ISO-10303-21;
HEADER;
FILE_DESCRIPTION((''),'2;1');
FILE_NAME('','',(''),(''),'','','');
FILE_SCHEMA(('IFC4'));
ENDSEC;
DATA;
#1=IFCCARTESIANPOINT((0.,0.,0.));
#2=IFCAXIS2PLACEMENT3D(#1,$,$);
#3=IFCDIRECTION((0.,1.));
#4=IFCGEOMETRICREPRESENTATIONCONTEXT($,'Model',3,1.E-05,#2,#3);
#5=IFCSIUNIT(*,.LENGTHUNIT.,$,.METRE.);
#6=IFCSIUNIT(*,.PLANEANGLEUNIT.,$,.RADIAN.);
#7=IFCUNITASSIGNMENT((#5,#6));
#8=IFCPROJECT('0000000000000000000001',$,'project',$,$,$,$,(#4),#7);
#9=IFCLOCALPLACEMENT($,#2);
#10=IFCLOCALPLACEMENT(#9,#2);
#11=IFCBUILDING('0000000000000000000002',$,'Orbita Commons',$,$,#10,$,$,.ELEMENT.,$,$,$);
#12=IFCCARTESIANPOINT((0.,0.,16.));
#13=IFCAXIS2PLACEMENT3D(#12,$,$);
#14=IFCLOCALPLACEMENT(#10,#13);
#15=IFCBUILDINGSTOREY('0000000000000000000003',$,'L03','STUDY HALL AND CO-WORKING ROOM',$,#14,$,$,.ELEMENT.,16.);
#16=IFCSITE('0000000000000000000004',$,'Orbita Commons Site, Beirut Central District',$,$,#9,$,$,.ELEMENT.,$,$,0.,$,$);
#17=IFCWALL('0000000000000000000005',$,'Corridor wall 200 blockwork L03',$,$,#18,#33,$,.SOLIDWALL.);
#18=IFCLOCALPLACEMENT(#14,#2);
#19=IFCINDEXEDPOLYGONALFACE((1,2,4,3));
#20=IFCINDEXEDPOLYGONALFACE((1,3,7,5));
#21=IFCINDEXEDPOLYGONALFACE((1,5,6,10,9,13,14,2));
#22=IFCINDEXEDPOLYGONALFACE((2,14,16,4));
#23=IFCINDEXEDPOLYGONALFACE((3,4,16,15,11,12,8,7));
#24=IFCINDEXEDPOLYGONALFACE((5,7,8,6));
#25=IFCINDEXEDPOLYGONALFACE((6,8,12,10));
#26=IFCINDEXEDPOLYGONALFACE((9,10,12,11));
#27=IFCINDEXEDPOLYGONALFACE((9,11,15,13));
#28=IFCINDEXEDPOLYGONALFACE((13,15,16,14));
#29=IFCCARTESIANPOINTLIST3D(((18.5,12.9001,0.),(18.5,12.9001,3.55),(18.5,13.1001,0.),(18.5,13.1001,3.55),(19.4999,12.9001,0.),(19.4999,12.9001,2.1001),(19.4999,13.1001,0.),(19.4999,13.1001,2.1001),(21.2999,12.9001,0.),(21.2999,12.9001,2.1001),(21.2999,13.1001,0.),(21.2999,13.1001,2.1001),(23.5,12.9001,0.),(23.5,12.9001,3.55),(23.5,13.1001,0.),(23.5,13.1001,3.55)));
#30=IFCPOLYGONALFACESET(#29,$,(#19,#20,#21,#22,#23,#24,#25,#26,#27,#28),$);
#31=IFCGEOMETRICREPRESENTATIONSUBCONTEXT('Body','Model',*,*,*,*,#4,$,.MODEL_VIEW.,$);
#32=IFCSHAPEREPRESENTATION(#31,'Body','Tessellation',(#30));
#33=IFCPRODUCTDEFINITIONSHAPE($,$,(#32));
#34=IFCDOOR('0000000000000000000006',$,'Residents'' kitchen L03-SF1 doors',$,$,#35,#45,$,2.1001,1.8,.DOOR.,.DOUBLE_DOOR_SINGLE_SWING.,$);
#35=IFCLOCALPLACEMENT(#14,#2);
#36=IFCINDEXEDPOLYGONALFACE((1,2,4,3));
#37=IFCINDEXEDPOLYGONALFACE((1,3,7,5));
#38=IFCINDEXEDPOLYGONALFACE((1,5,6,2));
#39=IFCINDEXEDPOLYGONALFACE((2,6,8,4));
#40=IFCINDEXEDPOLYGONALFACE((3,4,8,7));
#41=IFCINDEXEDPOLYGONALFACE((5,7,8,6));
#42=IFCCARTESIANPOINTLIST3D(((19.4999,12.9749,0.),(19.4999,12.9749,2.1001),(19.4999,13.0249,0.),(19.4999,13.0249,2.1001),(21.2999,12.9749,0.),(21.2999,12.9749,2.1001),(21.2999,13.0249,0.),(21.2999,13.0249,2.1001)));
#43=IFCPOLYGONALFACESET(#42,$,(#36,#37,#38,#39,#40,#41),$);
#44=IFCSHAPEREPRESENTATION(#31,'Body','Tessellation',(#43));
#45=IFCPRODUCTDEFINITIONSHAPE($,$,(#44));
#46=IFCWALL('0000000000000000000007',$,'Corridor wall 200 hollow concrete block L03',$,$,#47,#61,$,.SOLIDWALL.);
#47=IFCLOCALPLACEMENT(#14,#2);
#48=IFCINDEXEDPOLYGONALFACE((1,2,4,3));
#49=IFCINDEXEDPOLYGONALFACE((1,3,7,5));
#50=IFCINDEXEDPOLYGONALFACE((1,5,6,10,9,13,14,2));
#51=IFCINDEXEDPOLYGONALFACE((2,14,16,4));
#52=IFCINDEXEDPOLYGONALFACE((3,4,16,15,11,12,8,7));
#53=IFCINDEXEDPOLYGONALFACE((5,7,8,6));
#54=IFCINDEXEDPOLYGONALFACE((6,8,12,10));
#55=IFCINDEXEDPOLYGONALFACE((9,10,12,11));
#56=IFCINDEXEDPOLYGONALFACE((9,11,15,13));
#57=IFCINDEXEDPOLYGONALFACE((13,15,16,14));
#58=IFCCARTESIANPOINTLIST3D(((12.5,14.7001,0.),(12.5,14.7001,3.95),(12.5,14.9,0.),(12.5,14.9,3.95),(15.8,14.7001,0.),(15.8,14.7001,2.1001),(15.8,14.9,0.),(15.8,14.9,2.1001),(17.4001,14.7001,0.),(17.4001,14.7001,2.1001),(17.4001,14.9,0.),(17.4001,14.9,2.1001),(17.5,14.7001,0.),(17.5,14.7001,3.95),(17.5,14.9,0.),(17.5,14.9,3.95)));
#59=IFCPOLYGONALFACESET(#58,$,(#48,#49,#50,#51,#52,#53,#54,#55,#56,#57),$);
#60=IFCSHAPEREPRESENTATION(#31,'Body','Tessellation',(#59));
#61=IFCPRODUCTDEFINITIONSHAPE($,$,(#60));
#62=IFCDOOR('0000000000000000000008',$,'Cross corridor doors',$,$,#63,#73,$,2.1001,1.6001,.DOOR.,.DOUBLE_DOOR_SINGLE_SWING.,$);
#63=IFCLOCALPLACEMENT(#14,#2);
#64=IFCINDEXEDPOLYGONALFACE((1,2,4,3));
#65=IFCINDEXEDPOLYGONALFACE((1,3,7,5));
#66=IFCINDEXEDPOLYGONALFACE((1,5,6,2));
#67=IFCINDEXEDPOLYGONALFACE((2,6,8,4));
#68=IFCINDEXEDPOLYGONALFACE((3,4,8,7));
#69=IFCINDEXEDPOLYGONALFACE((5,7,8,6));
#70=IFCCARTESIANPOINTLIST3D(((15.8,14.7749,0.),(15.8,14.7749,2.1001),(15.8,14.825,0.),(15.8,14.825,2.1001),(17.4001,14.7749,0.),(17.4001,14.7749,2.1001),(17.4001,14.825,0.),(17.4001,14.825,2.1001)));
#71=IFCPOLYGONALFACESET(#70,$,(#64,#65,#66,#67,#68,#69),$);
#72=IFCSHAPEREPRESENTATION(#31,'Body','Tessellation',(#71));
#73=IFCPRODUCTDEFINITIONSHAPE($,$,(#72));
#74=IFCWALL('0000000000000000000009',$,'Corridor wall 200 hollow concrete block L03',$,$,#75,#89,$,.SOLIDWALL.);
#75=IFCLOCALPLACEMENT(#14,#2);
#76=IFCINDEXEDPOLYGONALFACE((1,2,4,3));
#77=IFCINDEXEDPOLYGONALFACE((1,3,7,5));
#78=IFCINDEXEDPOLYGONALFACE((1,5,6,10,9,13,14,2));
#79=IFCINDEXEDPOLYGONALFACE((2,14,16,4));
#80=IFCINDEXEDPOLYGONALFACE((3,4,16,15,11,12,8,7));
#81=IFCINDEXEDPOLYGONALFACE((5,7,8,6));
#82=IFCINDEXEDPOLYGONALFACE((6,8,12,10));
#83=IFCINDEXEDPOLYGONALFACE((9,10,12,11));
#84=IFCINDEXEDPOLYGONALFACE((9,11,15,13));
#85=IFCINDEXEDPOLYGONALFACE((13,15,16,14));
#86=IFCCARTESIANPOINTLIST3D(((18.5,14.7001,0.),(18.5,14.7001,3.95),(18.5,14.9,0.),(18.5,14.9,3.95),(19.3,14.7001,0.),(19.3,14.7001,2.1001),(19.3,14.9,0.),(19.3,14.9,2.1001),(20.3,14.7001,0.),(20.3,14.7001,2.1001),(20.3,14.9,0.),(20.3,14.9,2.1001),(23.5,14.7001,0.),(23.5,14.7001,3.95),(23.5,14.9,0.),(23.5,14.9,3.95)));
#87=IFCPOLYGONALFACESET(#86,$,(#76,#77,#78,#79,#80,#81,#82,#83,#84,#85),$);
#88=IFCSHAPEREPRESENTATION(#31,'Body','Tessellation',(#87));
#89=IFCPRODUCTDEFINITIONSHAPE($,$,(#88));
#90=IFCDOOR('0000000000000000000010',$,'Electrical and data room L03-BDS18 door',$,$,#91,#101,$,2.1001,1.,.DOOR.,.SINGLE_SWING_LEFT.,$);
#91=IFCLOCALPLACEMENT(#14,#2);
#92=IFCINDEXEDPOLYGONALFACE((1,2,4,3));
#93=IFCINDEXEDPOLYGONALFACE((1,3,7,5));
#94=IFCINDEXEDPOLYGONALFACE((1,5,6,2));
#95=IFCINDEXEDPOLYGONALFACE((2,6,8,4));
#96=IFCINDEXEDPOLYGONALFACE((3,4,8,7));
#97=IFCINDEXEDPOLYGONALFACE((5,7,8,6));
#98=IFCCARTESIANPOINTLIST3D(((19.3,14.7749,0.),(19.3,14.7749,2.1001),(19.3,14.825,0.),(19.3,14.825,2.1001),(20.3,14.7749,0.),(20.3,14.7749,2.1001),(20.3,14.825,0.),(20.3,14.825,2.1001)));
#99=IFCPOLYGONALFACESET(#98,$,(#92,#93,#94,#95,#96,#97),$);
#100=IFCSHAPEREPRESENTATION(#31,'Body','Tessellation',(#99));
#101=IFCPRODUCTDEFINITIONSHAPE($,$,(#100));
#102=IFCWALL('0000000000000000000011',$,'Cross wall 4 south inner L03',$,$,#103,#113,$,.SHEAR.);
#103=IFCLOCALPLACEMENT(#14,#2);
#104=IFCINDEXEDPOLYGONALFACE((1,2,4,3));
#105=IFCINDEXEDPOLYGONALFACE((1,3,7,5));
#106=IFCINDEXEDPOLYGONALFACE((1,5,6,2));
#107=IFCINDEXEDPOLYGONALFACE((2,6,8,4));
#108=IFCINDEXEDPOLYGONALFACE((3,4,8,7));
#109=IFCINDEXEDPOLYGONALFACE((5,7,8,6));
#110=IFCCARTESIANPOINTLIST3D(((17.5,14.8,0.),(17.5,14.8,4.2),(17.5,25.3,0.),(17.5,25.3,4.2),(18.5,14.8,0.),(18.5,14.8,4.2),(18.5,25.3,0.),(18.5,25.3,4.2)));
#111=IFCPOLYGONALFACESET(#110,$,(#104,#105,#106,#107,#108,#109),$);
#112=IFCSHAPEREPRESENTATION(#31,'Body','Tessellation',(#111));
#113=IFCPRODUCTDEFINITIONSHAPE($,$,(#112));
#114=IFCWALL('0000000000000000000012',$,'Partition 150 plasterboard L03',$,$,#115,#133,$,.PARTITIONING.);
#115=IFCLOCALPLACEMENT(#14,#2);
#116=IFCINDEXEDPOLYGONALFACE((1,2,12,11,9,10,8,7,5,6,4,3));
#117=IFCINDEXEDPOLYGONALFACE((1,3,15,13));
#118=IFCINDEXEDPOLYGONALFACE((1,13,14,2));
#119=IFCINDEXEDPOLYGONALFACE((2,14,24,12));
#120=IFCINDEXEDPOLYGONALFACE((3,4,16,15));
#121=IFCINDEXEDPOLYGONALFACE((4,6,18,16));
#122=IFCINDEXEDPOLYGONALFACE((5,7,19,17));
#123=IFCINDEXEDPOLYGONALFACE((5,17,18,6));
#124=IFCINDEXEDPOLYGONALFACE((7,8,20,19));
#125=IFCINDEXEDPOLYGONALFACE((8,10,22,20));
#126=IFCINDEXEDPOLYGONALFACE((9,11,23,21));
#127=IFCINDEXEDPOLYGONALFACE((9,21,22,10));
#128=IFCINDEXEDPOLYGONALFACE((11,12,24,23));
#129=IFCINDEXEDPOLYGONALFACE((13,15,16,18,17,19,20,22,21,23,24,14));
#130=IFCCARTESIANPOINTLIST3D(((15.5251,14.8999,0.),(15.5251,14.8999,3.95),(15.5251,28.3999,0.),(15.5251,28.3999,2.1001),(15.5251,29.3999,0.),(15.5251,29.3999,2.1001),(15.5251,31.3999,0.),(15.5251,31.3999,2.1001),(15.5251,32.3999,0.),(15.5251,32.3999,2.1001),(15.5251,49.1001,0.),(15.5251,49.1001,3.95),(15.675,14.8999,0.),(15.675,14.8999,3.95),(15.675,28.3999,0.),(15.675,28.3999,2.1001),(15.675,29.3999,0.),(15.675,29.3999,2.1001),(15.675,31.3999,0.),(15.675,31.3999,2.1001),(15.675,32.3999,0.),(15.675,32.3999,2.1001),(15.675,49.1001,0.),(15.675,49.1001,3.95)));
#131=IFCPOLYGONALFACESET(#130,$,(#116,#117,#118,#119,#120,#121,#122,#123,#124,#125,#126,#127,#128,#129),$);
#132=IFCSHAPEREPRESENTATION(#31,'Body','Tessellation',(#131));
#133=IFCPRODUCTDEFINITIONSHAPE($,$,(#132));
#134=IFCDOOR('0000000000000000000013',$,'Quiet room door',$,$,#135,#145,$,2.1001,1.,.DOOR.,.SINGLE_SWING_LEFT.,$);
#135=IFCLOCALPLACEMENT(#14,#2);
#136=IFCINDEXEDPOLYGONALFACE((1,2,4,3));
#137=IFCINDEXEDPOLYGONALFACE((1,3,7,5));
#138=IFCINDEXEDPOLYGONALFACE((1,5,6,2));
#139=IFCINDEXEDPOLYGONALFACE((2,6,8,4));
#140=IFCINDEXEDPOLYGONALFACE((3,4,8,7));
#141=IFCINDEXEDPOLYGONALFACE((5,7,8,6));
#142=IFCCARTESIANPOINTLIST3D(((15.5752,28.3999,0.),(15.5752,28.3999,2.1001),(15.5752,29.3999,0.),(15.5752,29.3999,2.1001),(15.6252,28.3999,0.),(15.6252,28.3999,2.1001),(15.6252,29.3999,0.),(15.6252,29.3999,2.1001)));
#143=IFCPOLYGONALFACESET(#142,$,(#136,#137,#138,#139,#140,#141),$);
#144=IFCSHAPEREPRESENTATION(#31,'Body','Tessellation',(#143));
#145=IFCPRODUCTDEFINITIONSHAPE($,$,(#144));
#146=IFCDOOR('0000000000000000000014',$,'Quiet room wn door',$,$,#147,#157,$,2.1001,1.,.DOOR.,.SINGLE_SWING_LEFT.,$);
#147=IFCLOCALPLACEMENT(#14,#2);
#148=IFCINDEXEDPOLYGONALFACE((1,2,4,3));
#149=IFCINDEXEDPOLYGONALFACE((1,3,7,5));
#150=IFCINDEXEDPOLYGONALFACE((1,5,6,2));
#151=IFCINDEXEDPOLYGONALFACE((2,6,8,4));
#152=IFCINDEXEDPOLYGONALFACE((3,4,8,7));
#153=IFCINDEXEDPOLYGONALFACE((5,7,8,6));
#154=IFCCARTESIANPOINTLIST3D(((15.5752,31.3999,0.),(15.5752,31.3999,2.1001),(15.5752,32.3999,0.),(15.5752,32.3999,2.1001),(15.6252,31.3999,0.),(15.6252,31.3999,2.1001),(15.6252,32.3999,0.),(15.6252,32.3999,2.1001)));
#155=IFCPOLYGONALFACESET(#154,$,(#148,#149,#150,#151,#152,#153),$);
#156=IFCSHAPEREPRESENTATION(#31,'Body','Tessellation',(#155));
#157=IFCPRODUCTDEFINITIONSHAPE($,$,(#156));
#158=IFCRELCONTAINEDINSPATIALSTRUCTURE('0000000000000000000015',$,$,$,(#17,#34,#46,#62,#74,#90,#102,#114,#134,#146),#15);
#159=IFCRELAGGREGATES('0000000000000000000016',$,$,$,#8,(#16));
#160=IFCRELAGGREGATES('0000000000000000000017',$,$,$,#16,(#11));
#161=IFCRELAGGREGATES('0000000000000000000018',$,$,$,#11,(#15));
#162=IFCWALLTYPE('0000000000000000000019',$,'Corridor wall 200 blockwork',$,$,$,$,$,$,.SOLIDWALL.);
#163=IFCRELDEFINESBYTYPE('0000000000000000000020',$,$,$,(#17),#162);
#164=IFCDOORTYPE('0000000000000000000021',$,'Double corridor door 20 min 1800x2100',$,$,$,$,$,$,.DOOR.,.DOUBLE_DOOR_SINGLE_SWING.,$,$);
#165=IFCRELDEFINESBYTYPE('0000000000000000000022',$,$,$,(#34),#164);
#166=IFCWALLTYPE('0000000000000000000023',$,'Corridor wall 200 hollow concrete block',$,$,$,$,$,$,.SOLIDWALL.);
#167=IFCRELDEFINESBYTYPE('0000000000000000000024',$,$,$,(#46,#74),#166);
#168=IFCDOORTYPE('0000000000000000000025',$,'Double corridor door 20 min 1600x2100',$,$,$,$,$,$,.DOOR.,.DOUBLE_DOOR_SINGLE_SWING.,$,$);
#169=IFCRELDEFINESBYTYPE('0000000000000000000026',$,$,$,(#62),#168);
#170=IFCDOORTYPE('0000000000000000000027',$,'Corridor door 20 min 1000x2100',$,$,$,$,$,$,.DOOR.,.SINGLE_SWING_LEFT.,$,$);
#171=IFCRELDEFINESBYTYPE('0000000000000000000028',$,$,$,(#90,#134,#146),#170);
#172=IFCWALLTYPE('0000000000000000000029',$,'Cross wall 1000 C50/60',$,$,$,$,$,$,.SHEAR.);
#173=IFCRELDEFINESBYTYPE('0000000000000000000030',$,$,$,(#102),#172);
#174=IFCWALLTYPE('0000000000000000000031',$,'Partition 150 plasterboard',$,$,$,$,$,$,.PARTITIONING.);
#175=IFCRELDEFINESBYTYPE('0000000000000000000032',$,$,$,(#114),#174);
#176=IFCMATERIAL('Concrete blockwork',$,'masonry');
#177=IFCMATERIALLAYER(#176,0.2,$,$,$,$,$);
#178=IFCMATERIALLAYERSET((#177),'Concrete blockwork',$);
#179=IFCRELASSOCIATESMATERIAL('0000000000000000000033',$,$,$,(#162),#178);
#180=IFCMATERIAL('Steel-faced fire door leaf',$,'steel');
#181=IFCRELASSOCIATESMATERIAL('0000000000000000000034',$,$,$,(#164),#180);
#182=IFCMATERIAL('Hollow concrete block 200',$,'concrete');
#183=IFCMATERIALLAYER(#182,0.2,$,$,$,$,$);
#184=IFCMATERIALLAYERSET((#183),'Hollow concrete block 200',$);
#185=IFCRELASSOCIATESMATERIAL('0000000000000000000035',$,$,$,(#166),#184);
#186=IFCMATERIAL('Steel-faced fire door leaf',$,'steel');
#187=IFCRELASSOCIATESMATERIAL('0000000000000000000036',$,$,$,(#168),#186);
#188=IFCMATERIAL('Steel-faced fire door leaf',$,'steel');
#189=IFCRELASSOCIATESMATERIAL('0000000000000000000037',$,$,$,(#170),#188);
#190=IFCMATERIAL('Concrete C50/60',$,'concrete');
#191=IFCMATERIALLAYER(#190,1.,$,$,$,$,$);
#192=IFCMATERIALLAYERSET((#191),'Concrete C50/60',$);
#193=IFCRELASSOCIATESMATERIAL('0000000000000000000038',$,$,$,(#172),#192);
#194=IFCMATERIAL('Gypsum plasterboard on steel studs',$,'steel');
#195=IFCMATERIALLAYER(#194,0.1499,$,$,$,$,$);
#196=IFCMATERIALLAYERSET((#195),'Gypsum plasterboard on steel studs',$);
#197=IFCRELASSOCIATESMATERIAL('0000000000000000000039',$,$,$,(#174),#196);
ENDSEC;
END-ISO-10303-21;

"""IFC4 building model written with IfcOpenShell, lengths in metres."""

from ifc_helpers import new_model, si_unit, direction, frame, frame_2d, origin, place, context, subcontext, project, spatial, polyline, rectangle, outline, extrude, material, layer, layer_set, type_object, element, fill, save


model = new_model("IFC4")

# Units and contexts
model_context = context("Model", 3, precision=1e-05, world=origin(), true_north=direction((0.0, 1.0)))
body_context = subcontext(model_context, "Body", "Model", "MODEL_VIEW")
ifc_project = project(units=[si_unit("LENGTHUNIT", "METRE"), si_unit("PLANEANGLEUNIT", "RADIAN")], contexts=[model_context])

# Site, building, storey
site_placement = place(None, origin())
site = spatial("IfcSite", under=ifc_project, at=site_placement, Name="Orbita Commons Site, Beirut Central District", CompositionType="ELEMENT", RefElevation=0.0)
building_placement = place(site_placement, origin())
building = spatial("IfcBuilding", under=site, at=building_placement, Name="Orbita Commons", CompositionType="ELEMENT")
storey_placement = place(building_placement, frame((0.0, 0.0, 16.0)))
storey = spatial("IfcBuildingStorey", under=building, at=storey_placement, Name="L03", Description="STUDY HALL AND CO-WORKING ROOM", CompositionType="ELEMENT", Elevation=16.0)

# Walls, openings, doors
ifc_material_1 = material(Name="Concrete blockwork", Category="masonry")
ifc_layer_1 = layer(ifc_material_1, 0.2)
ifc_layer_set_1 = layer_set([ifc_layer_1], Name="Concrete blockwork")
wall_type_1 = type_object("IfcWallType", Name="Corridor wall 200 blockwork", PredefinedType="SOLIDWALL", material=ifc_layer_set_1)
ifc_material_2 = material(Name="Steel-faced fire door leaf", Category="steel")
door_type_1 = type_object("IfcDoorType", Name="Double corridor door 20 min 1800x2100", OperationType="DOUBLE_DOOR_SINGLE_SWING", PredefinedType="DOOR", material=ifc_material_2)
wall_1_placement = place(storey_placement, frame((18.5, 13.0, 0.0), z_axis=(0.0, 0.0, 1.0), x_axis=(1.0, 0.0, 0.0)))
wall_1 = element("IfcWall", 1, at=wall_1_placement, inside=storey, type_object=wall_type_1, Name="Corridor wall 200 blockwork L03", PredefinedType="SOLIDWALL", context=body_context, shape_type="SweptSolid", body=[
    extrude(outline(polyline([(0.0, 0.0), (5.0, 0.0), (5.0, 3.55), (0.0, 3.55), (0.0, 0.0)])), frame((0.0, 0.1001, 0.0), z_axis=(0.0, -1.0, 0.0), x_axis=(1.0, 0.0, 0.0)), (0.0, 0.0, 1.0), 0.2),
])
opening_1_placement = place(wall_1_placement, frame((1.0, 0.0, 0.0)))
opening_1 = element("IfcOpeningElement", 2, at=opening_1_placement, cuts=wall_1, PredefinedType="OPENING", context=body_context, shape_type="SweptSolid", body=[
    extrude(rectangle(XDim=1.8, YDim=2.1001, at=frame_2d((0.8999, 1.05))), frame((0.0, 0.1099, 0.0), z_axis=(0.0, -1.0, 0.0), x_axis=(1.0, 0.0, 0.0)), (0.0, 0.0, 1.0), 0.22),
])
door_1_placement = place(opening_1_placement, origin())
door_1 = element("IfcDoor", 3, at=door_1_placement, inside=storey, type_object=door_type_1, Name="Residents' kitchen L03-SF1 doors", OperationType="DOUBLE_DOOR_SINGLE_SWING", OverallHeight=2.1001, OverallWidth=1.8, PredefinedType="DOOR", context=body_context, shape_type="SweptSolid", body=[
    extrude(rectangle(XDim=1.8, YDim=2.1001, at=frame_2d((0.8999, 1.05))), frame((0.0, 0.0249, 0.0), z_axis=(0.0, -1.0, 0.0), x_axis=(1.0, 0.0, 0.0)), (0.0, 0.0, 1.0), 0.05),
])
fill(opening_1, door_1)
ifc_material_3 = material(Name="Hollow concrete block 200", Category="concrete")
ifc_layer_2 = layer(ifc_material_3, 0.2)
ifc_layer_set_2 = layer_set([ifc_layer_2], Name="Hollow concrete block 200")
wall_type_2 = type_object("IfcWallType", Name="Corridor wall 200 hollow concrete block", PredefinedType="SOLIDWALL", material=ifc_layer_set_2)
wall_2_placement = place(storey_placement, frame((12.5, 14.8, 0.0), z_axis=(0.0, 0.0, 1.0), x_axis=(1.0, 0.0, 0.0)))
wall_2 = element("IfcWall", 4, at=wall_2_placement, inside=storey, type_object=wall_type_2, Name="Corridor wall 200 hollow concrete block L03", PredefinedType="SOLIDWALL", context=body_context, shape_type="SweptSolid", body=[
    extrude(rectangle(XDim=5.0, YDim=0.2, at=frame_2d((2.5, 0.0))), origin(), (0.0, 0.0, 1.0), 3.95),
])
opening_2_placement = place(wall_2_placement, frame((3.3, 0.0, 0.0)))
opening_2 = element("IfcOpeningElement", 5, at=opening_2_placement, cuts=wall_2, PredefinedType="OPENING", context=body_context, shape_type="SweptSolid", body=[
    extrude(rectangle(XDim=1.6001, YDim=2.1001, at=frame_2d((0.8, 1.05))), frame((0.0, 0.1099, 0.0), z_axis=(0.0, -1.0, 0.0), x_axis=(1.0, 0.0, 0.0)), (0.0, 0.0, 1.0), 0.22),
])
ifc_material_4 = material(Name="Steel-faced fire door leaf", Category="steel")
door_type_2 = type_object("IfcDoorType", Name="Double corridor door 20 min 1600x2100", OperationType="DOUBLE_DOOR_SINGLE_SWING", PredefinedType="DOOR", material=ifc_material_4)
door_2_placement = place(opening_2_placement, origin())
door_2 = element("IfcDoor", 6, at=door_2_placement, inside=storey, type_object=door_type_2, Name="Cross corridor doors", OperationType="DOUBLE_DOOR_SINGLE_SWING", OverallHeight=2.1001, OverallWidth=1.6001, PredefinedType="DOOR", context=body_context, shape_type="SweptSolid", body=[
    extrude(rectangle(XDim=1.6001, YDim=2.1001, at=frame_2d((0.8, 1.05))), frame((0.0, 0.0249, 0.0), z_axis=(0.0, -1.0, 0.0), x_axis=(1.0, 0.0, 0.0)), (0.0, 0.0, 1.0), 0.05),
])
fill(opening_2, door_2)
wall_3_placement = place(storey_placement, frame((18.5, 14.8, 0.0), z_axis=(0.0, 0.0, 1.0), x_axis=(1.0, 0.0, 0.0)))
wall_3 = element("IfcWall", 7, at=wall_3_placement, inside=storey, type_object=wall_type_2, Name="Corridor wall 200 hollow concrete block L03", PredefinedType="SOLIDWALL", context=body_context, shape_type="SweptSolid", body=[
    extrude(rectangle(XDim=5.0, YDim=0.2, at=frame_2d((2.5, 0.0))), origin(), (0.0, 0.0, 1.0), 3.95),
])
opening_3_placement = place(wall_3_placement, frame((0.8, 0.0, 0.0)))
opening_3 = element("IfcOpeningElement", 8, at=opening_3_placement, cuts=wall_3, PredefinedType="OPENING", context=body_context, shape_type="SweptSolid", body=[
    extrude(rectangle(XDim=1.0, YDim=2.1001, at=frame_2d((0.5, 1.05))), frame((0.0, 0.1099, 0.0), z_axis=(0.0, -1.0, 0.0), x_axis=(1.0, 0.0, 0.0)), (0.0, 0.0, 1.0), 0.22),
])
ifc_material_5 = material(Name="Steel-faced fire door leaf", Category="steel")
door_type_3 = type_object("IfcDoorType", Name="Corridor door 20 min 1000x2100", OperationType="SINGLE_SWING_LEFT", PredefinedType="DOOR", material=ifc_material_5)
door_3_placement = place(opening_3_placement, origin())
door_3 = element("IfcDoor", 9, at=door_3_placement, inside=storey, type_object=door_type_3, Name="Electrical and data room L03-BDS18 door", OperationType="SINGLE_SWING_LEFT", OverallHeight=2.1001, OverallWidth=1.0, PredefinedType="DOOR", context=body_context, shape_type="SweptSolid", body=[
    extrude(rectangle(XDim=1.0, YDim=2.1001, at=frame_2d((0.5, 1.05))), frame((0.0, 0.0249, 0.0), z_axis=(0.0, -1.0, 0.0), x_axis=(1.0, 0.0, 0.0)), (0.0, 0.0, 1.0), 0.05),
])
fill(opening_3, door_3)

# Wall
ifc_material_6 = material(Name="Concrete C50/60", Category="concrete")
ifc_layer_3 = layer(ifc_material_6, 1.0)
ifc_layer_set_3 = layer_set([ifc_layer_3], Name="Concrete C50/60")
wall_type_3 = type_object("IfcWallType", Name="Cross wall 1000 C50/60", PredefinedType="SHEAR", material=ifc_layer_set_3)
wall_4_placement = place(storey_placement, frame((18.0, 14.8, 0.0), z_axis=(0.0, 0.0, 1.0), x_axis=(0.0, 1.0, 0.0)))
element("IfcWall", 10, at=wall_4_placement, inside=storey, type_object=wall_type_3, Name="Cross wall 4 south inner L03", PredefinedType="SHEAR", context=body_context, shape_type="SweptSolid", body=[
    extrude(rectangle(XDim=10.5, YDim=1.0, at=frame_2d((5.25, 0.0))), origin(), (0.0, 0.0, 1.0), 4.2),
])

# Wall, openings, doors
ifc_material_7 = material(Name="Gypsum plasterboard on steel studs", Category="steel")
ifc_layer_4 = layer(ifc_material_7, 0.1499)
ifc_layer_set_4 = layer_set([ifc_layer_4], Name="Gypsum plasterboard on steel studs")
wall_type_4 = type_object("IfcWallType", Name="Partition 150 plasterboard", PredefinedType="PARTITIONING", material=ifc_layer_set_4)
wall_5_placement = place(storey_placement, frame((15.6001, 14.8999, 0.0), z_axis=(0.0, 0.0, 1.0), x_axis=(0.0, 1.0, 0.0)))
wall_5 = element("IfcWall", 11, at=wall_5_placement, inside=storey, type_object=wall_type_4, Name="Partition 150 plasterboard L03", PredefinedType="PARTITIONING", context=body_context, shape_type="SweptSolid", body=[
    extrude(rectangle(XDim=34.2002, YDim=0.1499, at=frame_2d((17.1001, 0.0))), origin(), (0.0, 0.0, 1.0), 3.95),
])
opening_4_placement = place(wall_5_placement, frame((13.5, 0.0, 0.0)))
opening_4 = element("IfcOpeningElement", 12, at=opening_4_placement, cuts=wall_5, PredefinedType="OPENING", context=body_context, shape_type="SweptSolid", body=[
    extrude(rectangle(XDim=1.0, YDim=2.1001, at=frame_2d((0.5, 1.05))), frame((0.0, 0.085, 0.0), z_axis=(0.0, -1.0, 0.0), x_axis=(1.0, 0.0, 0.0)), (0.0, 0.0, 1.0), 0.1699),
])
opening_5_placement = place(wall_5_placement, frame((16.5, 0.0, 0.0)))
opening_5 = element("IfcOpeningElement", 13, at=opening_5_placement, cuts=wall_5, PredefinedType="OPENING", context=body_context, shape_type="SweptSolid", body=[
    extrude(rectangle(XDim=1.0, YDim=2.1001, at=frame_2d((0.5, 1.05))), frame((0.0, 0.085, 0.0), z_axis=(0.0, -1.0, 0.0), x_axis=(1.0, 0.0, 0.0)), (0.0, 0.0, 1.0), 0.1699),
])
door_4_placement = place(opening_4_placement, origin())
door_4 = element("IfcDoor", 14, at=door_4_placement, inside=storey, type_object=door_type_3, Name="Quiet room door", OperationType="SINGLE_SWING_LEFT", OverallHeight=2.1001, OverallWidth=1.0, PredefinedType="DOOR", context=body_context, shape_type="SweptSolid", body=[
    extrude(rectangle(XDim=1.0, YDim=2.1001, at=frame_2d((0.5, 1.05))), frame((0.0, 0.0249, 0.0), z_axis=(0.0, -1.0, 0.0), x_axis=(1.0, 0.0, 0.0)), (0.0, 0.0, 1.0), 0.05),
])
fill(opening_4, door_4)
door_5_placement = place(opening_5_placement, origin())
door_5 = element("IfcDoor", 15, at=door_5_placement, inside=storey, type_object=door_type_3, Name="Quiet room wn door", OperationType="SINGLE_SWING_LEFT", OverallHeight=2.1001, OverallWidth=1.0, PredefinedType="DOOR", context=body_context, shape_type="SweptSolid", body=[
    extrude(rectangle(XDim=1.0, YDim=2.1001, at=frame_2d((0.5, 1.05))), frame((0.0, 0.0249, 0.0), z_axis=(0.0, -1.0, 0.0), x_axis=(1.0, 0.0, 0.0)), (0.0, 0.0, 1.0), 0.05),
])
fill(opening_5, door_5)

save(model, "model.ifc")
